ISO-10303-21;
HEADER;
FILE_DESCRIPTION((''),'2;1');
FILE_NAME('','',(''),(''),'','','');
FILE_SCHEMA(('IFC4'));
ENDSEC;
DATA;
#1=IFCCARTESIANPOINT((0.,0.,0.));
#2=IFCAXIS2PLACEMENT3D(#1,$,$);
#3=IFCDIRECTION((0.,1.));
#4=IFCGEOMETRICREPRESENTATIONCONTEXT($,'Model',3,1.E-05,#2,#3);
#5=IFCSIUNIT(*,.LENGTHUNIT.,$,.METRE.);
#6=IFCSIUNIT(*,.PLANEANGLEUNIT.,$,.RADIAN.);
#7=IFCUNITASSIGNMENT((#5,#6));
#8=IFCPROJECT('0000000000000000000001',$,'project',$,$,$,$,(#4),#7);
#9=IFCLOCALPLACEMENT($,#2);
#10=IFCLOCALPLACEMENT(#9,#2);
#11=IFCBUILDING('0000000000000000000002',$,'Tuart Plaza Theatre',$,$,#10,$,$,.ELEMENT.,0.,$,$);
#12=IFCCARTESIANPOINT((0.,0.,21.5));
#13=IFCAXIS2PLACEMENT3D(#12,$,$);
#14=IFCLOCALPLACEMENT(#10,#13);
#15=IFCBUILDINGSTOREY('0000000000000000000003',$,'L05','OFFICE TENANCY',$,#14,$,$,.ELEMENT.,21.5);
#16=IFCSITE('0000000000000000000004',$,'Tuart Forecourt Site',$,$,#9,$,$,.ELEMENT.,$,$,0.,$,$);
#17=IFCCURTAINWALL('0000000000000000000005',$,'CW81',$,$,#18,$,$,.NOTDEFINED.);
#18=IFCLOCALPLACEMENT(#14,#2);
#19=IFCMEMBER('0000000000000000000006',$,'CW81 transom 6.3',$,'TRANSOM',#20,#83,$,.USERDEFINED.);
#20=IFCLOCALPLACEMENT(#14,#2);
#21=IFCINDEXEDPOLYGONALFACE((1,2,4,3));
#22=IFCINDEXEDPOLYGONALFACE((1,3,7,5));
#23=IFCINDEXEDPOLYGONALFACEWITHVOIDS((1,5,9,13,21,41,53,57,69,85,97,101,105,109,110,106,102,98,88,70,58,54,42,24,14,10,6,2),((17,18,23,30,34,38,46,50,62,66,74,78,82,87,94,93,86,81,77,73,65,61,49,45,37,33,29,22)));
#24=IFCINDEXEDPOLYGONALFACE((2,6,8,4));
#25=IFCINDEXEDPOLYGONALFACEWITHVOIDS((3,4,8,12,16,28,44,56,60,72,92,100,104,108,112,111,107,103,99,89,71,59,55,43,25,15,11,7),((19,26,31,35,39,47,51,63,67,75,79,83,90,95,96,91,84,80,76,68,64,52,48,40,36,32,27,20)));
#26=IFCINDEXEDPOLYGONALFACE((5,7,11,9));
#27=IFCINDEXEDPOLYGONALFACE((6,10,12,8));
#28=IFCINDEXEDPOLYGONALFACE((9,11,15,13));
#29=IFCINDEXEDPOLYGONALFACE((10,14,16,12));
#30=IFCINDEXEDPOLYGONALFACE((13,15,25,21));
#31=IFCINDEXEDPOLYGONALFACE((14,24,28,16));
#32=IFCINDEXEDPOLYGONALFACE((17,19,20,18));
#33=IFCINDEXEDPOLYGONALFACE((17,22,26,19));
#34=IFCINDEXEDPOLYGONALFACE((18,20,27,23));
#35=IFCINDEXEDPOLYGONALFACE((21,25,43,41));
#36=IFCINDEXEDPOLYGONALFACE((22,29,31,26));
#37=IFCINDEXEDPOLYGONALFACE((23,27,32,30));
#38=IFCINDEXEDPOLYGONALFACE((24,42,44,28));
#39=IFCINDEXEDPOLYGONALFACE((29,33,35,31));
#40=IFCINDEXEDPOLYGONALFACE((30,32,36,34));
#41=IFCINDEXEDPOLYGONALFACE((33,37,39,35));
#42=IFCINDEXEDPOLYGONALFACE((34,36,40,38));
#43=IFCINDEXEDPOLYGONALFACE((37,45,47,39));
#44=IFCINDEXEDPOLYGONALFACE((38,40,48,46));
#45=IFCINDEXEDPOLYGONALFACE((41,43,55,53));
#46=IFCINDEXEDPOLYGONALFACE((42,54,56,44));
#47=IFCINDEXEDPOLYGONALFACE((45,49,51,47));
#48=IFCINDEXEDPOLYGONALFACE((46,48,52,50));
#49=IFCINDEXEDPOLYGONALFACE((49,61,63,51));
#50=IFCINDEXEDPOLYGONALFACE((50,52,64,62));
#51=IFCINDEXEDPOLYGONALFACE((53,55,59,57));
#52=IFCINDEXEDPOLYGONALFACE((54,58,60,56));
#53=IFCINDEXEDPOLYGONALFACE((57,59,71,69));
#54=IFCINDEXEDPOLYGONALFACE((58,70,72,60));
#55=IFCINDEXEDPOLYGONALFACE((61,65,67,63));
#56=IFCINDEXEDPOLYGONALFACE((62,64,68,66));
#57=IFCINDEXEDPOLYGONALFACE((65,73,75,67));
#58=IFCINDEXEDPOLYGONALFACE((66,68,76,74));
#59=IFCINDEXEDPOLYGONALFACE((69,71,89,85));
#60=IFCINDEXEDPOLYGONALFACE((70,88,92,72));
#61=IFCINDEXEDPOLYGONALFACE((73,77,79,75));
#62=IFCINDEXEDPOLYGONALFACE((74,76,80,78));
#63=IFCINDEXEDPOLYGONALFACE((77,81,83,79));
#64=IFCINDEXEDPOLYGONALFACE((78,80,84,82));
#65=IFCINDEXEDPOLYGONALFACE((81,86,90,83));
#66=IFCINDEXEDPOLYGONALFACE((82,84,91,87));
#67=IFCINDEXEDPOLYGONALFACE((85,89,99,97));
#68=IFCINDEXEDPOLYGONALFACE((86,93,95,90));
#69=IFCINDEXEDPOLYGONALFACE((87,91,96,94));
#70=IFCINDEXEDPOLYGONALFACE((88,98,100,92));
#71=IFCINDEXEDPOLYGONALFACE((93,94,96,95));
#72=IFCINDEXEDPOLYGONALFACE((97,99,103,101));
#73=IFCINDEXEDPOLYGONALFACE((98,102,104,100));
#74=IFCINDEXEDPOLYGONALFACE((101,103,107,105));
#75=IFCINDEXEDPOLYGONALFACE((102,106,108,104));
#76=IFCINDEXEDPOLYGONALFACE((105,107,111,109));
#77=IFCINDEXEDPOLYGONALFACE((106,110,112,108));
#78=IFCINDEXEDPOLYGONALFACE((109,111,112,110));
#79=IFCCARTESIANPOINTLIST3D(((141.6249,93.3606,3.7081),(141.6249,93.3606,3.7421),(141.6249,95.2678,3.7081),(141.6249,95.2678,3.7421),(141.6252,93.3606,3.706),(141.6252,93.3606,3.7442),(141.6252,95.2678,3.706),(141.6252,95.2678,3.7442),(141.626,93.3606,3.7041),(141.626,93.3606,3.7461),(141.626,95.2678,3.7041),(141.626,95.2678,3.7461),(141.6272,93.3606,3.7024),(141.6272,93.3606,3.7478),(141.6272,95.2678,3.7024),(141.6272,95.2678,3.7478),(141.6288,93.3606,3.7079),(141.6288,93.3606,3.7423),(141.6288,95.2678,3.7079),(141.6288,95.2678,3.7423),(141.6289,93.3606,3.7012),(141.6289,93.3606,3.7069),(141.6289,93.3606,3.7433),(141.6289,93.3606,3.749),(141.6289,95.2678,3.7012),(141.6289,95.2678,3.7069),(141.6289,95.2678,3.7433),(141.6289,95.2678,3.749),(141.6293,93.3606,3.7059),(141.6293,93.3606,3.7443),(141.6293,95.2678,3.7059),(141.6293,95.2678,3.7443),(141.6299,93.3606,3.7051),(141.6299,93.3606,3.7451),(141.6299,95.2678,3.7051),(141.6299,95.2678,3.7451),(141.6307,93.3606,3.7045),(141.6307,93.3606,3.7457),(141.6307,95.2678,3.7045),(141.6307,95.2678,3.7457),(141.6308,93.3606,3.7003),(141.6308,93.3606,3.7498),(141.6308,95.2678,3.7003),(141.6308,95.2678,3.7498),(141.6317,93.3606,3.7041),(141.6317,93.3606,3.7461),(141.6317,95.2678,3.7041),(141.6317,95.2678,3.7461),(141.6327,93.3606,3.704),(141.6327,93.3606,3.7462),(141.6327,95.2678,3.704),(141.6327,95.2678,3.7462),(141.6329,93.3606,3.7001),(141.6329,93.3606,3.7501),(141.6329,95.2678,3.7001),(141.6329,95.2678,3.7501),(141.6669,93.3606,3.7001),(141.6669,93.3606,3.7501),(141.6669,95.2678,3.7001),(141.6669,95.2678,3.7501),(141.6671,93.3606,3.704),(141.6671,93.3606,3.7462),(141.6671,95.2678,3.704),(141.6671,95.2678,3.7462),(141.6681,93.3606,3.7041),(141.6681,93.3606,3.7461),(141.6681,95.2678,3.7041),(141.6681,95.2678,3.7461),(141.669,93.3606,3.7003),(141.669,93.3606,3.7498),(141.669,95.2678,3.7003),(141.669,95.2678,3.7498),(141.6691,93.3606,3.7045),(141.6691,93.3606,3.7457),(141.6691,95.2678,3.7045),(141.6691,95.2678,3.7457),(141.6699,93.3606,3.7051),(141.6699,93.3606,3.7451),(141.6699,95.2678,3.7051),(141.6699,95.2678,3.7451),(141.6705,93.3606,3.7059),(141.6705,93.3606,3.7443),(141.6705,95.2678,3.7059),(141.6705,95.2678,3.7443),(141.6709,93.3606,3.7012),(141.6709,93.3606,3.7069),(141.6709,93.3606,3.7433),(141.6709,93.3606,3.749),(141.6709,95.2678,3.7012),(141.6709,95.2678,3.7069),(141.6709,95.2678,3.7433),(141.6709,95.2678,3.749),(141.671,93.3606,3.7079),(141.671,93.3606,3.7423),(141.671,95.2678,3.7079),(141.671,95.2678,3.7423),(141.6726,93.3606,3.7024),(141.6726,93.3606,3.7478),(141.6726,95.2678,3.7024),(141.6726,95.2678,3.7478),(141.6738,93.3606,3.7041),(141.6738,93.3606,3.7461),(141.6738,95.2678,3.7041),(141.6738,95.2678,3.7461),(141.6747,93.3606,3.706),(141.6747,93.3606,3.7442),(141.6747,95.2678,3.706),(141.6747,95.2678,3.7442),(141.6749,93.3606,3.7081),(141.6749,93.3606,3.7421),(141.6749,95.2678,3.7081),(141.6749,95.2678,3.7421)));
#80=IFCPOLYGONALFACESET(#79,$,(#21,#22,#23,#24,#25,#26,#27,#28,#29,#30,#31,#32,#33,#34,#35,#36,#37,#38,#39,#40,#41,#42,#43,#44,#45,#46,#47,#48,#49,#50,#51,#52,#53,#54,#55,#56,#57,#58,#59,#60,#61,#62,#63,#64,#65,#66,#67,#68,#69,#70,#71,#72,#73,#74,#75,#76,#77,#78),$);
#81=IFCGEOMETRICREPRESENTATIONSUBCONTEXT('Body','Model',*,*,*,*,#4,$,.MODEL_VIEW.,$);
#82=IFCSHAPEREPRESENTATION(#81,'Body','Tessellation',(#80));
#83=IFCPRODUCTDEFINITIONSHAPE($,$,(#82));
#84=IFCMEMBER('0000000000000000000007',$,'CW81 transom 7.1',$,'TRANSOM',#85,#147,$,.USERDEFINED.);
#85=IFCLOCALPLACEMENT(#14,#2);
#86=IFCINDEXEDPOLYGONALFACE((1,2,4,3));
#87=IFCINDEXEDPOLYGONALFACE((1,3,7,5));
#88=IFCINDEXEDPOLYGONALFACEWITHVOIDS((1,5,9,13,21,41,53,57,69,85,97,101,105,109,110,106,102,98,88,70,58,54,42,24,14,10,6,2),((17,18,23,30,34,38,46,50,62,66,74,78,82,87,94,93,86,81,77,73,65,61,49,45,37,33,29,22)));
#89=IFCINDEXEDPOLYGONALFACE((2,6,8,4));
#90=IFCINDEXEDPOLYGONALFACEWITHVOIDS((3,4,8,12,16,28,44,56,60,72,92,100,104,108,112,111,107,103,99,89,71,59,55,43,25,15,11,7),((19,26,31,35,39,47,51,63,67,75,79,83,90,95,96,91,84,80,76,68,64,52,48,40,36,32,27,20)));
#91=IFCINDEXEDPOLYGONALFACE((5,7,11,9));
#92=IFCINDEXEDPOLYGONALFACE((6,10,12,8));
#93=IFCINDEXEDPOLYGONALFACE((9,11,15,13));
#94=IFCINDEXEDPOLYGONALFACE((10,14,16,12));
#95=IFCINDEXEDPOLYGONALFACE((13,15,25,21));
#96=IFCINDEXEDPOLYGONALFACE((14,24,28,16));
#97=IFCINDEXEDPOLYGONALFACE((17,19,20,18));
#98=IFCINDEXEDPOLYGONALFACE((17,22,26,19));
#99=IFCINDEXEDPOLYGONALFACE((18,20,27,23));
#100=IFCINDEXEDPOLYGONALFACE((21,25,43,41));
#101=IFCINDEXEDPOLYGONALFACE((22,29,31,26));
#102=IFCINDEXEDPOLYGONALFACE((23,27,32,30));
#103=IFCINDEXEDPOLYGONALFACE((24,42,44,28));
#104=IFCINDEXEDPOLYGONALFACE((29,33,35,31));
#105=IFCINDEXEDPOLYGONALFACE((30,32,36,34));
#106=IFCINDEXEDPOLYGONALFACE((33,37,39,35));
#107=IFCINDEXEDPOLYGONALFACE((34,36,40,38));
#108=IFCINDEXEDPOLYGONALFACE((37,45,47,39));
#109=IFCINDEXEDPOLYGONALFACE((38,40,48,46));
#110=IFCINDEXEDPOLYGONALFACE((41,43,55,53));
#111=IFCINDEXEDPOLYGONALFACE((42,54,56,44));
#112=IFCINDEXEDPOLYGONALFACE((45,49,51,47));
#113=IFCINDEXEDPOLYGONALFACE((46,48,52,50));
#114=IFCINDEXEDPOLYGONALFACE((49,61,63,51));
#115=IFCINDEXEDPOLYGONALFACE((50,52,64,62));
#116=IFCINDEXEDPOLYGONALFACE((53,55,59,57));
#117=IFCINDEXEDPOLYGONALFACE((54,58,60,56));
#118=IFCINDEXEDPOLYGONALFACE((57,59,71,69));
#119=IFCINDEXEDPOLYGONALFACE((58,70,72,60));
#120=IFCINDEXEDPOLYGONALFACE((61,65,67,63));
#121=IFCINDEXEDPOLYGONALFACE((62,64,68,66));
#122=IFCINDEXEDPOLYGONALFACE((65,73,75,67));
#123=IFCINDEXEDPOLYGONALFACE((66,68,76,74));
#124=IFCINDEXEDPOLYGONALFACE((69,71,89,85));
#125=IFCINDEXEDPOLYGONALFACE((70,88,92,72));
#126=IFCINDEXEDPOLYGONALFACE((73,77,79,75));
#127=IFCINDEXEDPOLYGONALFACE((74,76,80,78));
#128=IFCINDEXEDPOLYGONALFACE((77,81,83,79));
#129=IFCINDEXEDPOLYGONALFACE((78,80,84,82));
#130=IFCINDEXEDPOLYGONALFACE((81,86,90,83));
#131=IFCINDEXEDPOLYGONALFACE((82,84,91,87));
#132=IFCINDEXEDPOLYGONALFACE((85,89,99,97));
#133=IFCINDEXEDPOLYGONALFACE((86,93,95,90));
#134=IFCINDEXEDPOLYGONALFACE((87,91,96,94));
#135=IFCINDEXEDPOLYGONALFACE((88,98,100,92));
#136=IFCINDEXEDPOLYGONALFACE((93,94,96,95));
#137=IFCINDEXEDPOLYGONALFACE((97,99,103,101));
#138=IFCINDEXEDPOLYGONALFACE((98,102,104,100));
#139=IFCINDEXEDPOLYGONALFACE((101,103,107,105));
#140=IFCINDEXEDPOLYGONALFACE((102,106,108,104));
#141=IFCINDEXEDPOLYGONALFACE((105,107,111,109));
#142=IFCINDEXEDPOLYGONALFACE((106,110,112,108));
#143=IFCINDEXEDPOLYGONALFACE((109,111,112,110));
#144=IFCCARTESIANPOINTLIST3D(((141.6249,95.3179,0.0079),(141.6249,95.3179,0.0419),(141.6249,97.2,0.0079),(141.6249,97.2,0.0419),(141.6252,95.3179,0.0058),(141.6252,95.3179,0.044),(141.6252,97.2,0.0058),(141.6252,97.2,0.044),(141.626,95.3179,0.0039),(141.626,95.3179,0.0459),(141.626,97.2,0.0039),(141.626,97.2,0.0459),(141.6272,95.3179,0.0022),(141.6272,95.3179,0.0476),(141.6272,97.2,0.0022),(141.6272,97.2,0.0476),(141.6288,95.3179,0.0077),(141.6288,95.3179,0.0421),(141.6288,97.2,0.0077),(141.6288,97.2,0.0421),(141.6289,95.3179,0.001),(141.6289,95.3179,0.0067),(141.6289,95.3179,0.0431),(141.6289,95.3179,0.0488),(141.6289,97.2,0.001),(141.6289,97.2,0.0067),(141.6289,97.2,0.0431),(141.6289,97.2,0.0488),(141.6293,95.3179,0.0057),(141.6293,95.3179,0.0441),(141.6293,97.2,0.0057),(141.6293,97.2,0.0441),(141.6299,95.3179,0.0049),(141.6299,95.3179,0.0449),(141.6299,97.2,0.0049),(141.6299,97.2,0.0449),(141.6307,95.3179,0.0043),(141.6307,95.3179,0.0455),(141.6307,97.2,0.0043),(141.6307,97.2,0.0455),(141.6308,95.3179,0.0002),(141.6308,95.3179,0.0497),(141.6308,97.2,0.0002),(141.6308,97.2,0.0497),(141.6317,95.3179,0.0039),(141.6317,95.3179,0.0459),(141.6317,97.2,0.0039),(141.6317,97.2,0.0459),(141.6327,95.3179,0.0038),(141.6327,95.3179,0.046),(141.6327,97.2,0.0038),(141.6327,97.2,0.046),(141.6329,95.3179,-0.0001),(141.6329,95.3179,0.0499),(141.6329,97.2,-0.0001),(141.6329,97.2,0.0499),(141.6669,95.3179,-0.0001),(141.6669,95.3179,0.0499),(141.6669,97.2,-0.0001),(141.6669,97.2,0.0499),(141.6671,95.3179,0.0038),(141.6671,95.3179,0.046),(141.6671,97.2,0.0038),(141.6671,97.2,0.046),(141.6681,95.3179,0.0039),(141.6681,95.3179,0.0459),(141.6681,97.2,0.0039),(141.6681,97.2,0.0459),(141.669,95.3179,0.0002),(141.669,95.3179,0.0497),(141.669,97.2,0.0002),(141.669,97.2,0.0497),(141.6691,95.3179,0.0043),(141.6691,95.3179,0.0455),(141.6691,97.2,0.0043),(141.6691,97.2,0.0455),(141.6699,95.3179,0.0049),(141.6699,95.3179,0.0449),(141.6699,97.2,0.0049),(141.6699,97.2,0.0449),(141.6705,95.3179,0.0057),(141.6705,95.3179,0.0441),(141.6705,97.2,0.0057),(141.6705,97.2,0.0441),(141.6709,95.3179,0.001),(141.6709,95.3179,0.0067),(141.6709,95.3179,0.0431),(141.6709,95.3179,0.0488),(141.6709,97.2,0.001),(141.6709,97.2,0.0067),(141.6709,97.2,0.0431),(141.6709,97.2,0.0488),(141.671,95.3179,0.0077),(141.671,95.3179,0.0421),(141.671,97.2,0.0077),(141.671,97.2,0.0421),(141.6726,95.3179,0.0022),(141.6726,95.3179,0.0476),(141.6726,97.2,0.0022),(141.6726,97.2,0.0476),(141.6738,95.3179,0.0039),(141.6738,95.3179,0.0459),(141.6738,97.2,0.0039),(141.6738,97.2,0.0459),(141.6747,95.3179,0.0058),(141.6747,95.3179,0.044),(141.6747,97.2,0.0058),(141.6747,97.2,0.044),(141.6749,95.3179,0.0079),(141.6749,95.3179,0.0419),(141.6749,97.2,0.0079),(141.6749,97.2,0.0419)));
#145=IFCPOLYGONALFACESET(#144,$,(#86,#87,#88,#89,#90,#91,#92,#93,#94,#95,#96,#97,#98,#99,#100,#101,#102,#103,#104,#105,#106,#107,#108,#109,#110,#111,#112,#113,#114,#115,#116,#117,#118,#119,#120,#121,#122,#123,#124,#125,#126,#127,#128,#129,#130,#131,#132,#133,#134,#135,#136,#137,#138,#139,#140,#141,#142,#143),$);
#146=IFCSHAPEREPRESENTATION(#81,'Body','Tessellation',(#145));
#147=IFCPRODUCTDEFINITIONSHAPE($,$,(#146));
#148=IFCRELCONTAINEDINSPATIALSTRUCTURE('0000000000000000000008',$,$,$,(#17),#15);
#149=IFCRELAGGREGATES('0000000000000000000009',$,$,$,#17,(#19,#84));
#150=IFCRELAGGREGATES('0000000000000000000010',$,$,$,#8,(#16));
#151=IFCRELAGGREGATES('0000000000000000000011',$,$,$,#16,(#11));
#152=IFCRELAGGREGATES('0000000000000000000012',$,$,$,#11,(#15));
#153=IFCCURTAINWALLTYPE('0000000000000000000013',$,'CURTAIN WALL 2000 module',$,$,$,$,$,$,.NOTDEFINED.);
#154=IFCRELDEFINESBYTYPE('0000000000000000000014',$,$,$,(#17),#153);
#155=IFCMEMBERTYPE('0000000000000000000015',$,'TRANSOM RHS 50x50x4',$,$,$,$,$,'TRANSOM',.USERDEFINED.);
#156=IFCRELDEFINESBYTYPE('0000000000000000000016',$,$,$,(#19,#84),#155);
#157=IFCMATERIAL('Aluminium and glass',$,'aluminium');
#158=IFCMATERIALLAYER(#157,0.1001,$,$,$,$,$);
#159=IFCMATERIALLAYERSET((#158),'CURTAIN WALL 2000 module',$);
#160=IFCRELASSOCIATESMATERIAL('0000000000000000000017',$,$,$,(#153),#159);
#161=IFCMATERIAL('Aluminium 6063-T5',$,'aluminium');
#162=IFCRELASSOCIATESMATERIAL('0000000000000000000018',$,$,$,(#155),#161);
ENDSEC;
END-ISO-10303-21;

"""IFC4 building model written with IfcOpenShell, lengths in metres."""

from ifc_helpers import new_model, si_unit, direction, frame, origin, origin_2d, place, context, subcontext, project, spatial, hollow_rectangle, extrude, material, layer, layer_set, material_profile, profile_set, type_object, element, aggregate, save


model = new_model("IFC4")

# Units and contexts
model_context = context("Model", 3, precision=1e-05, world=origin(), true_north=direction((0.0, 1.0)))
body_context = subcontext(model_context, "Body", "Model", "MODEL_VIEW")
ifc_project = project(units=[si_unit("LENGTHUNIT", "METRE"), si_unit("PLANEANGLEUNIT", "RADIAN")], contexts=[model_context])

# Site, building, storey
site_placement = place(None, origin())
site = spatial("IfcSite", under=ifc_project, at=site_placement, Name="Tuart Forecourt Site", CompositionType="ELEMENT", RefElevation=0.0)
building_placement = place(site_placement, origin())
building = spatial("IfcBuilding", under=site, at=building_placement, Name="Tuart Plaza Theatre", CompositionType="ELEMENT", ElevationOfRefHeight=0.0)
storey_placement = place(building_placement, frame((0.0, 0.0, 21.5)))
storey = spatial("IfcBuildingStorey", under=building, at=storey_placement, Name="L05", Description="OFFICE TENANCY", CompositionType="ELEMENT", Elevation=21.5)

# Curtain wall
ifc_material_1 = material(Name="Aluminium and glass", Category="aluminium")
ifc_layer_1 = layer(ifc_material_1, 0.1001)
ifc_layer_set_1 = layer_set([ifc_layer_1], Name="CURTAIN WALL 2000 module")
curtain_wall_type = type_object("IfcCurtainWallType", Name="CURTAIN WALL 2000 module", PredefinedType="NOTDEFINED", material=ifc_layer_set_1)
curtain_wall_1_placement = place(storey_placement, origin())
curtain_wall_1 = element("IfcCurtainWall", 1, at=curtain_wall_1_placement, inside=storey, type_object=curtain_wall_type, Name="CW81", PredefinedType="NOTDEFINED")

# Members
ifc_material_2 = material(Name="Aluminium 6063-T5", Category="aluminium")
ifc_material_profile_1 = material_profile(ifc_material_2, hollow_rectangle(XDim=0.05, YDim=0.05, WallThickness=0.0039, InnerFilletRadius=0.0039, OuterFilletRadius=0.0081, at=origin_2d()), Name="RHS 50x50x4")
ifc_profile_set_1 = profile_set([ifc_material_profile_1], Name="Aluminium 6063-T5")
member_type_1 = type_object("IfcMemberType", Name="TRANSOM RHS 50x50x4", ElementType="TRANSOM", PredefinedType="USERDEFINED", material=ifc_profile_set_1)
member_1_placement = place(storey_placement, frame((141.6499, 93.3606, 3.7251), z_axis=(0.0, 1.0, 0.0), x_axis=(-1.0, 0.0, 0.0)))
member_1 = element("IfcMember", 2, at=member_1_placement, type_object=member_type_1, Name="CW81 transom 6.3", ObjectType="TRANSOM", PredefinedType="USERDEFINED", context=body_context, shape_type="SweptSolid", body=[
    extrude(hollow_rectangle(XDim=0.05, YDim=0.05, WallThickness=0.0039, InnerFilletRadius=0.0039, OuterFilletRadius=0.0081, at=origin_2d()), origin(), (0.0, 0.0, 1.0), 1.9072),
])
member_2_placement = place(storey_placement, frame((141.6499, 95.3179, 0.0249), z_axis=(0.0, 1.0, 0.0), x_axis=(-1.0, 0.0, 0.0)))
member_2 = element("IfcMember", 3, at=member_2_placement, type_object=member_type_1, Name="CW81 transom 7.1", ObjectType="TRANSOM", PredefinedType="USERDEFINED", context=body_context, shape_type="SweptSolid", body=[
    extrude(hollow_rectangle(XDim=0.05, YDim=0.05, WallThickness=0.0039, InnerFilletRadius=0.0039, OuterFilletRadius=0.0081, at=origin_2d()), origin(), (0.0, 0.0, 1.0), 1.8821),
])

aggregate(curtain_wall_1, [member_1, member_2])

save(model, "model.ifc")
